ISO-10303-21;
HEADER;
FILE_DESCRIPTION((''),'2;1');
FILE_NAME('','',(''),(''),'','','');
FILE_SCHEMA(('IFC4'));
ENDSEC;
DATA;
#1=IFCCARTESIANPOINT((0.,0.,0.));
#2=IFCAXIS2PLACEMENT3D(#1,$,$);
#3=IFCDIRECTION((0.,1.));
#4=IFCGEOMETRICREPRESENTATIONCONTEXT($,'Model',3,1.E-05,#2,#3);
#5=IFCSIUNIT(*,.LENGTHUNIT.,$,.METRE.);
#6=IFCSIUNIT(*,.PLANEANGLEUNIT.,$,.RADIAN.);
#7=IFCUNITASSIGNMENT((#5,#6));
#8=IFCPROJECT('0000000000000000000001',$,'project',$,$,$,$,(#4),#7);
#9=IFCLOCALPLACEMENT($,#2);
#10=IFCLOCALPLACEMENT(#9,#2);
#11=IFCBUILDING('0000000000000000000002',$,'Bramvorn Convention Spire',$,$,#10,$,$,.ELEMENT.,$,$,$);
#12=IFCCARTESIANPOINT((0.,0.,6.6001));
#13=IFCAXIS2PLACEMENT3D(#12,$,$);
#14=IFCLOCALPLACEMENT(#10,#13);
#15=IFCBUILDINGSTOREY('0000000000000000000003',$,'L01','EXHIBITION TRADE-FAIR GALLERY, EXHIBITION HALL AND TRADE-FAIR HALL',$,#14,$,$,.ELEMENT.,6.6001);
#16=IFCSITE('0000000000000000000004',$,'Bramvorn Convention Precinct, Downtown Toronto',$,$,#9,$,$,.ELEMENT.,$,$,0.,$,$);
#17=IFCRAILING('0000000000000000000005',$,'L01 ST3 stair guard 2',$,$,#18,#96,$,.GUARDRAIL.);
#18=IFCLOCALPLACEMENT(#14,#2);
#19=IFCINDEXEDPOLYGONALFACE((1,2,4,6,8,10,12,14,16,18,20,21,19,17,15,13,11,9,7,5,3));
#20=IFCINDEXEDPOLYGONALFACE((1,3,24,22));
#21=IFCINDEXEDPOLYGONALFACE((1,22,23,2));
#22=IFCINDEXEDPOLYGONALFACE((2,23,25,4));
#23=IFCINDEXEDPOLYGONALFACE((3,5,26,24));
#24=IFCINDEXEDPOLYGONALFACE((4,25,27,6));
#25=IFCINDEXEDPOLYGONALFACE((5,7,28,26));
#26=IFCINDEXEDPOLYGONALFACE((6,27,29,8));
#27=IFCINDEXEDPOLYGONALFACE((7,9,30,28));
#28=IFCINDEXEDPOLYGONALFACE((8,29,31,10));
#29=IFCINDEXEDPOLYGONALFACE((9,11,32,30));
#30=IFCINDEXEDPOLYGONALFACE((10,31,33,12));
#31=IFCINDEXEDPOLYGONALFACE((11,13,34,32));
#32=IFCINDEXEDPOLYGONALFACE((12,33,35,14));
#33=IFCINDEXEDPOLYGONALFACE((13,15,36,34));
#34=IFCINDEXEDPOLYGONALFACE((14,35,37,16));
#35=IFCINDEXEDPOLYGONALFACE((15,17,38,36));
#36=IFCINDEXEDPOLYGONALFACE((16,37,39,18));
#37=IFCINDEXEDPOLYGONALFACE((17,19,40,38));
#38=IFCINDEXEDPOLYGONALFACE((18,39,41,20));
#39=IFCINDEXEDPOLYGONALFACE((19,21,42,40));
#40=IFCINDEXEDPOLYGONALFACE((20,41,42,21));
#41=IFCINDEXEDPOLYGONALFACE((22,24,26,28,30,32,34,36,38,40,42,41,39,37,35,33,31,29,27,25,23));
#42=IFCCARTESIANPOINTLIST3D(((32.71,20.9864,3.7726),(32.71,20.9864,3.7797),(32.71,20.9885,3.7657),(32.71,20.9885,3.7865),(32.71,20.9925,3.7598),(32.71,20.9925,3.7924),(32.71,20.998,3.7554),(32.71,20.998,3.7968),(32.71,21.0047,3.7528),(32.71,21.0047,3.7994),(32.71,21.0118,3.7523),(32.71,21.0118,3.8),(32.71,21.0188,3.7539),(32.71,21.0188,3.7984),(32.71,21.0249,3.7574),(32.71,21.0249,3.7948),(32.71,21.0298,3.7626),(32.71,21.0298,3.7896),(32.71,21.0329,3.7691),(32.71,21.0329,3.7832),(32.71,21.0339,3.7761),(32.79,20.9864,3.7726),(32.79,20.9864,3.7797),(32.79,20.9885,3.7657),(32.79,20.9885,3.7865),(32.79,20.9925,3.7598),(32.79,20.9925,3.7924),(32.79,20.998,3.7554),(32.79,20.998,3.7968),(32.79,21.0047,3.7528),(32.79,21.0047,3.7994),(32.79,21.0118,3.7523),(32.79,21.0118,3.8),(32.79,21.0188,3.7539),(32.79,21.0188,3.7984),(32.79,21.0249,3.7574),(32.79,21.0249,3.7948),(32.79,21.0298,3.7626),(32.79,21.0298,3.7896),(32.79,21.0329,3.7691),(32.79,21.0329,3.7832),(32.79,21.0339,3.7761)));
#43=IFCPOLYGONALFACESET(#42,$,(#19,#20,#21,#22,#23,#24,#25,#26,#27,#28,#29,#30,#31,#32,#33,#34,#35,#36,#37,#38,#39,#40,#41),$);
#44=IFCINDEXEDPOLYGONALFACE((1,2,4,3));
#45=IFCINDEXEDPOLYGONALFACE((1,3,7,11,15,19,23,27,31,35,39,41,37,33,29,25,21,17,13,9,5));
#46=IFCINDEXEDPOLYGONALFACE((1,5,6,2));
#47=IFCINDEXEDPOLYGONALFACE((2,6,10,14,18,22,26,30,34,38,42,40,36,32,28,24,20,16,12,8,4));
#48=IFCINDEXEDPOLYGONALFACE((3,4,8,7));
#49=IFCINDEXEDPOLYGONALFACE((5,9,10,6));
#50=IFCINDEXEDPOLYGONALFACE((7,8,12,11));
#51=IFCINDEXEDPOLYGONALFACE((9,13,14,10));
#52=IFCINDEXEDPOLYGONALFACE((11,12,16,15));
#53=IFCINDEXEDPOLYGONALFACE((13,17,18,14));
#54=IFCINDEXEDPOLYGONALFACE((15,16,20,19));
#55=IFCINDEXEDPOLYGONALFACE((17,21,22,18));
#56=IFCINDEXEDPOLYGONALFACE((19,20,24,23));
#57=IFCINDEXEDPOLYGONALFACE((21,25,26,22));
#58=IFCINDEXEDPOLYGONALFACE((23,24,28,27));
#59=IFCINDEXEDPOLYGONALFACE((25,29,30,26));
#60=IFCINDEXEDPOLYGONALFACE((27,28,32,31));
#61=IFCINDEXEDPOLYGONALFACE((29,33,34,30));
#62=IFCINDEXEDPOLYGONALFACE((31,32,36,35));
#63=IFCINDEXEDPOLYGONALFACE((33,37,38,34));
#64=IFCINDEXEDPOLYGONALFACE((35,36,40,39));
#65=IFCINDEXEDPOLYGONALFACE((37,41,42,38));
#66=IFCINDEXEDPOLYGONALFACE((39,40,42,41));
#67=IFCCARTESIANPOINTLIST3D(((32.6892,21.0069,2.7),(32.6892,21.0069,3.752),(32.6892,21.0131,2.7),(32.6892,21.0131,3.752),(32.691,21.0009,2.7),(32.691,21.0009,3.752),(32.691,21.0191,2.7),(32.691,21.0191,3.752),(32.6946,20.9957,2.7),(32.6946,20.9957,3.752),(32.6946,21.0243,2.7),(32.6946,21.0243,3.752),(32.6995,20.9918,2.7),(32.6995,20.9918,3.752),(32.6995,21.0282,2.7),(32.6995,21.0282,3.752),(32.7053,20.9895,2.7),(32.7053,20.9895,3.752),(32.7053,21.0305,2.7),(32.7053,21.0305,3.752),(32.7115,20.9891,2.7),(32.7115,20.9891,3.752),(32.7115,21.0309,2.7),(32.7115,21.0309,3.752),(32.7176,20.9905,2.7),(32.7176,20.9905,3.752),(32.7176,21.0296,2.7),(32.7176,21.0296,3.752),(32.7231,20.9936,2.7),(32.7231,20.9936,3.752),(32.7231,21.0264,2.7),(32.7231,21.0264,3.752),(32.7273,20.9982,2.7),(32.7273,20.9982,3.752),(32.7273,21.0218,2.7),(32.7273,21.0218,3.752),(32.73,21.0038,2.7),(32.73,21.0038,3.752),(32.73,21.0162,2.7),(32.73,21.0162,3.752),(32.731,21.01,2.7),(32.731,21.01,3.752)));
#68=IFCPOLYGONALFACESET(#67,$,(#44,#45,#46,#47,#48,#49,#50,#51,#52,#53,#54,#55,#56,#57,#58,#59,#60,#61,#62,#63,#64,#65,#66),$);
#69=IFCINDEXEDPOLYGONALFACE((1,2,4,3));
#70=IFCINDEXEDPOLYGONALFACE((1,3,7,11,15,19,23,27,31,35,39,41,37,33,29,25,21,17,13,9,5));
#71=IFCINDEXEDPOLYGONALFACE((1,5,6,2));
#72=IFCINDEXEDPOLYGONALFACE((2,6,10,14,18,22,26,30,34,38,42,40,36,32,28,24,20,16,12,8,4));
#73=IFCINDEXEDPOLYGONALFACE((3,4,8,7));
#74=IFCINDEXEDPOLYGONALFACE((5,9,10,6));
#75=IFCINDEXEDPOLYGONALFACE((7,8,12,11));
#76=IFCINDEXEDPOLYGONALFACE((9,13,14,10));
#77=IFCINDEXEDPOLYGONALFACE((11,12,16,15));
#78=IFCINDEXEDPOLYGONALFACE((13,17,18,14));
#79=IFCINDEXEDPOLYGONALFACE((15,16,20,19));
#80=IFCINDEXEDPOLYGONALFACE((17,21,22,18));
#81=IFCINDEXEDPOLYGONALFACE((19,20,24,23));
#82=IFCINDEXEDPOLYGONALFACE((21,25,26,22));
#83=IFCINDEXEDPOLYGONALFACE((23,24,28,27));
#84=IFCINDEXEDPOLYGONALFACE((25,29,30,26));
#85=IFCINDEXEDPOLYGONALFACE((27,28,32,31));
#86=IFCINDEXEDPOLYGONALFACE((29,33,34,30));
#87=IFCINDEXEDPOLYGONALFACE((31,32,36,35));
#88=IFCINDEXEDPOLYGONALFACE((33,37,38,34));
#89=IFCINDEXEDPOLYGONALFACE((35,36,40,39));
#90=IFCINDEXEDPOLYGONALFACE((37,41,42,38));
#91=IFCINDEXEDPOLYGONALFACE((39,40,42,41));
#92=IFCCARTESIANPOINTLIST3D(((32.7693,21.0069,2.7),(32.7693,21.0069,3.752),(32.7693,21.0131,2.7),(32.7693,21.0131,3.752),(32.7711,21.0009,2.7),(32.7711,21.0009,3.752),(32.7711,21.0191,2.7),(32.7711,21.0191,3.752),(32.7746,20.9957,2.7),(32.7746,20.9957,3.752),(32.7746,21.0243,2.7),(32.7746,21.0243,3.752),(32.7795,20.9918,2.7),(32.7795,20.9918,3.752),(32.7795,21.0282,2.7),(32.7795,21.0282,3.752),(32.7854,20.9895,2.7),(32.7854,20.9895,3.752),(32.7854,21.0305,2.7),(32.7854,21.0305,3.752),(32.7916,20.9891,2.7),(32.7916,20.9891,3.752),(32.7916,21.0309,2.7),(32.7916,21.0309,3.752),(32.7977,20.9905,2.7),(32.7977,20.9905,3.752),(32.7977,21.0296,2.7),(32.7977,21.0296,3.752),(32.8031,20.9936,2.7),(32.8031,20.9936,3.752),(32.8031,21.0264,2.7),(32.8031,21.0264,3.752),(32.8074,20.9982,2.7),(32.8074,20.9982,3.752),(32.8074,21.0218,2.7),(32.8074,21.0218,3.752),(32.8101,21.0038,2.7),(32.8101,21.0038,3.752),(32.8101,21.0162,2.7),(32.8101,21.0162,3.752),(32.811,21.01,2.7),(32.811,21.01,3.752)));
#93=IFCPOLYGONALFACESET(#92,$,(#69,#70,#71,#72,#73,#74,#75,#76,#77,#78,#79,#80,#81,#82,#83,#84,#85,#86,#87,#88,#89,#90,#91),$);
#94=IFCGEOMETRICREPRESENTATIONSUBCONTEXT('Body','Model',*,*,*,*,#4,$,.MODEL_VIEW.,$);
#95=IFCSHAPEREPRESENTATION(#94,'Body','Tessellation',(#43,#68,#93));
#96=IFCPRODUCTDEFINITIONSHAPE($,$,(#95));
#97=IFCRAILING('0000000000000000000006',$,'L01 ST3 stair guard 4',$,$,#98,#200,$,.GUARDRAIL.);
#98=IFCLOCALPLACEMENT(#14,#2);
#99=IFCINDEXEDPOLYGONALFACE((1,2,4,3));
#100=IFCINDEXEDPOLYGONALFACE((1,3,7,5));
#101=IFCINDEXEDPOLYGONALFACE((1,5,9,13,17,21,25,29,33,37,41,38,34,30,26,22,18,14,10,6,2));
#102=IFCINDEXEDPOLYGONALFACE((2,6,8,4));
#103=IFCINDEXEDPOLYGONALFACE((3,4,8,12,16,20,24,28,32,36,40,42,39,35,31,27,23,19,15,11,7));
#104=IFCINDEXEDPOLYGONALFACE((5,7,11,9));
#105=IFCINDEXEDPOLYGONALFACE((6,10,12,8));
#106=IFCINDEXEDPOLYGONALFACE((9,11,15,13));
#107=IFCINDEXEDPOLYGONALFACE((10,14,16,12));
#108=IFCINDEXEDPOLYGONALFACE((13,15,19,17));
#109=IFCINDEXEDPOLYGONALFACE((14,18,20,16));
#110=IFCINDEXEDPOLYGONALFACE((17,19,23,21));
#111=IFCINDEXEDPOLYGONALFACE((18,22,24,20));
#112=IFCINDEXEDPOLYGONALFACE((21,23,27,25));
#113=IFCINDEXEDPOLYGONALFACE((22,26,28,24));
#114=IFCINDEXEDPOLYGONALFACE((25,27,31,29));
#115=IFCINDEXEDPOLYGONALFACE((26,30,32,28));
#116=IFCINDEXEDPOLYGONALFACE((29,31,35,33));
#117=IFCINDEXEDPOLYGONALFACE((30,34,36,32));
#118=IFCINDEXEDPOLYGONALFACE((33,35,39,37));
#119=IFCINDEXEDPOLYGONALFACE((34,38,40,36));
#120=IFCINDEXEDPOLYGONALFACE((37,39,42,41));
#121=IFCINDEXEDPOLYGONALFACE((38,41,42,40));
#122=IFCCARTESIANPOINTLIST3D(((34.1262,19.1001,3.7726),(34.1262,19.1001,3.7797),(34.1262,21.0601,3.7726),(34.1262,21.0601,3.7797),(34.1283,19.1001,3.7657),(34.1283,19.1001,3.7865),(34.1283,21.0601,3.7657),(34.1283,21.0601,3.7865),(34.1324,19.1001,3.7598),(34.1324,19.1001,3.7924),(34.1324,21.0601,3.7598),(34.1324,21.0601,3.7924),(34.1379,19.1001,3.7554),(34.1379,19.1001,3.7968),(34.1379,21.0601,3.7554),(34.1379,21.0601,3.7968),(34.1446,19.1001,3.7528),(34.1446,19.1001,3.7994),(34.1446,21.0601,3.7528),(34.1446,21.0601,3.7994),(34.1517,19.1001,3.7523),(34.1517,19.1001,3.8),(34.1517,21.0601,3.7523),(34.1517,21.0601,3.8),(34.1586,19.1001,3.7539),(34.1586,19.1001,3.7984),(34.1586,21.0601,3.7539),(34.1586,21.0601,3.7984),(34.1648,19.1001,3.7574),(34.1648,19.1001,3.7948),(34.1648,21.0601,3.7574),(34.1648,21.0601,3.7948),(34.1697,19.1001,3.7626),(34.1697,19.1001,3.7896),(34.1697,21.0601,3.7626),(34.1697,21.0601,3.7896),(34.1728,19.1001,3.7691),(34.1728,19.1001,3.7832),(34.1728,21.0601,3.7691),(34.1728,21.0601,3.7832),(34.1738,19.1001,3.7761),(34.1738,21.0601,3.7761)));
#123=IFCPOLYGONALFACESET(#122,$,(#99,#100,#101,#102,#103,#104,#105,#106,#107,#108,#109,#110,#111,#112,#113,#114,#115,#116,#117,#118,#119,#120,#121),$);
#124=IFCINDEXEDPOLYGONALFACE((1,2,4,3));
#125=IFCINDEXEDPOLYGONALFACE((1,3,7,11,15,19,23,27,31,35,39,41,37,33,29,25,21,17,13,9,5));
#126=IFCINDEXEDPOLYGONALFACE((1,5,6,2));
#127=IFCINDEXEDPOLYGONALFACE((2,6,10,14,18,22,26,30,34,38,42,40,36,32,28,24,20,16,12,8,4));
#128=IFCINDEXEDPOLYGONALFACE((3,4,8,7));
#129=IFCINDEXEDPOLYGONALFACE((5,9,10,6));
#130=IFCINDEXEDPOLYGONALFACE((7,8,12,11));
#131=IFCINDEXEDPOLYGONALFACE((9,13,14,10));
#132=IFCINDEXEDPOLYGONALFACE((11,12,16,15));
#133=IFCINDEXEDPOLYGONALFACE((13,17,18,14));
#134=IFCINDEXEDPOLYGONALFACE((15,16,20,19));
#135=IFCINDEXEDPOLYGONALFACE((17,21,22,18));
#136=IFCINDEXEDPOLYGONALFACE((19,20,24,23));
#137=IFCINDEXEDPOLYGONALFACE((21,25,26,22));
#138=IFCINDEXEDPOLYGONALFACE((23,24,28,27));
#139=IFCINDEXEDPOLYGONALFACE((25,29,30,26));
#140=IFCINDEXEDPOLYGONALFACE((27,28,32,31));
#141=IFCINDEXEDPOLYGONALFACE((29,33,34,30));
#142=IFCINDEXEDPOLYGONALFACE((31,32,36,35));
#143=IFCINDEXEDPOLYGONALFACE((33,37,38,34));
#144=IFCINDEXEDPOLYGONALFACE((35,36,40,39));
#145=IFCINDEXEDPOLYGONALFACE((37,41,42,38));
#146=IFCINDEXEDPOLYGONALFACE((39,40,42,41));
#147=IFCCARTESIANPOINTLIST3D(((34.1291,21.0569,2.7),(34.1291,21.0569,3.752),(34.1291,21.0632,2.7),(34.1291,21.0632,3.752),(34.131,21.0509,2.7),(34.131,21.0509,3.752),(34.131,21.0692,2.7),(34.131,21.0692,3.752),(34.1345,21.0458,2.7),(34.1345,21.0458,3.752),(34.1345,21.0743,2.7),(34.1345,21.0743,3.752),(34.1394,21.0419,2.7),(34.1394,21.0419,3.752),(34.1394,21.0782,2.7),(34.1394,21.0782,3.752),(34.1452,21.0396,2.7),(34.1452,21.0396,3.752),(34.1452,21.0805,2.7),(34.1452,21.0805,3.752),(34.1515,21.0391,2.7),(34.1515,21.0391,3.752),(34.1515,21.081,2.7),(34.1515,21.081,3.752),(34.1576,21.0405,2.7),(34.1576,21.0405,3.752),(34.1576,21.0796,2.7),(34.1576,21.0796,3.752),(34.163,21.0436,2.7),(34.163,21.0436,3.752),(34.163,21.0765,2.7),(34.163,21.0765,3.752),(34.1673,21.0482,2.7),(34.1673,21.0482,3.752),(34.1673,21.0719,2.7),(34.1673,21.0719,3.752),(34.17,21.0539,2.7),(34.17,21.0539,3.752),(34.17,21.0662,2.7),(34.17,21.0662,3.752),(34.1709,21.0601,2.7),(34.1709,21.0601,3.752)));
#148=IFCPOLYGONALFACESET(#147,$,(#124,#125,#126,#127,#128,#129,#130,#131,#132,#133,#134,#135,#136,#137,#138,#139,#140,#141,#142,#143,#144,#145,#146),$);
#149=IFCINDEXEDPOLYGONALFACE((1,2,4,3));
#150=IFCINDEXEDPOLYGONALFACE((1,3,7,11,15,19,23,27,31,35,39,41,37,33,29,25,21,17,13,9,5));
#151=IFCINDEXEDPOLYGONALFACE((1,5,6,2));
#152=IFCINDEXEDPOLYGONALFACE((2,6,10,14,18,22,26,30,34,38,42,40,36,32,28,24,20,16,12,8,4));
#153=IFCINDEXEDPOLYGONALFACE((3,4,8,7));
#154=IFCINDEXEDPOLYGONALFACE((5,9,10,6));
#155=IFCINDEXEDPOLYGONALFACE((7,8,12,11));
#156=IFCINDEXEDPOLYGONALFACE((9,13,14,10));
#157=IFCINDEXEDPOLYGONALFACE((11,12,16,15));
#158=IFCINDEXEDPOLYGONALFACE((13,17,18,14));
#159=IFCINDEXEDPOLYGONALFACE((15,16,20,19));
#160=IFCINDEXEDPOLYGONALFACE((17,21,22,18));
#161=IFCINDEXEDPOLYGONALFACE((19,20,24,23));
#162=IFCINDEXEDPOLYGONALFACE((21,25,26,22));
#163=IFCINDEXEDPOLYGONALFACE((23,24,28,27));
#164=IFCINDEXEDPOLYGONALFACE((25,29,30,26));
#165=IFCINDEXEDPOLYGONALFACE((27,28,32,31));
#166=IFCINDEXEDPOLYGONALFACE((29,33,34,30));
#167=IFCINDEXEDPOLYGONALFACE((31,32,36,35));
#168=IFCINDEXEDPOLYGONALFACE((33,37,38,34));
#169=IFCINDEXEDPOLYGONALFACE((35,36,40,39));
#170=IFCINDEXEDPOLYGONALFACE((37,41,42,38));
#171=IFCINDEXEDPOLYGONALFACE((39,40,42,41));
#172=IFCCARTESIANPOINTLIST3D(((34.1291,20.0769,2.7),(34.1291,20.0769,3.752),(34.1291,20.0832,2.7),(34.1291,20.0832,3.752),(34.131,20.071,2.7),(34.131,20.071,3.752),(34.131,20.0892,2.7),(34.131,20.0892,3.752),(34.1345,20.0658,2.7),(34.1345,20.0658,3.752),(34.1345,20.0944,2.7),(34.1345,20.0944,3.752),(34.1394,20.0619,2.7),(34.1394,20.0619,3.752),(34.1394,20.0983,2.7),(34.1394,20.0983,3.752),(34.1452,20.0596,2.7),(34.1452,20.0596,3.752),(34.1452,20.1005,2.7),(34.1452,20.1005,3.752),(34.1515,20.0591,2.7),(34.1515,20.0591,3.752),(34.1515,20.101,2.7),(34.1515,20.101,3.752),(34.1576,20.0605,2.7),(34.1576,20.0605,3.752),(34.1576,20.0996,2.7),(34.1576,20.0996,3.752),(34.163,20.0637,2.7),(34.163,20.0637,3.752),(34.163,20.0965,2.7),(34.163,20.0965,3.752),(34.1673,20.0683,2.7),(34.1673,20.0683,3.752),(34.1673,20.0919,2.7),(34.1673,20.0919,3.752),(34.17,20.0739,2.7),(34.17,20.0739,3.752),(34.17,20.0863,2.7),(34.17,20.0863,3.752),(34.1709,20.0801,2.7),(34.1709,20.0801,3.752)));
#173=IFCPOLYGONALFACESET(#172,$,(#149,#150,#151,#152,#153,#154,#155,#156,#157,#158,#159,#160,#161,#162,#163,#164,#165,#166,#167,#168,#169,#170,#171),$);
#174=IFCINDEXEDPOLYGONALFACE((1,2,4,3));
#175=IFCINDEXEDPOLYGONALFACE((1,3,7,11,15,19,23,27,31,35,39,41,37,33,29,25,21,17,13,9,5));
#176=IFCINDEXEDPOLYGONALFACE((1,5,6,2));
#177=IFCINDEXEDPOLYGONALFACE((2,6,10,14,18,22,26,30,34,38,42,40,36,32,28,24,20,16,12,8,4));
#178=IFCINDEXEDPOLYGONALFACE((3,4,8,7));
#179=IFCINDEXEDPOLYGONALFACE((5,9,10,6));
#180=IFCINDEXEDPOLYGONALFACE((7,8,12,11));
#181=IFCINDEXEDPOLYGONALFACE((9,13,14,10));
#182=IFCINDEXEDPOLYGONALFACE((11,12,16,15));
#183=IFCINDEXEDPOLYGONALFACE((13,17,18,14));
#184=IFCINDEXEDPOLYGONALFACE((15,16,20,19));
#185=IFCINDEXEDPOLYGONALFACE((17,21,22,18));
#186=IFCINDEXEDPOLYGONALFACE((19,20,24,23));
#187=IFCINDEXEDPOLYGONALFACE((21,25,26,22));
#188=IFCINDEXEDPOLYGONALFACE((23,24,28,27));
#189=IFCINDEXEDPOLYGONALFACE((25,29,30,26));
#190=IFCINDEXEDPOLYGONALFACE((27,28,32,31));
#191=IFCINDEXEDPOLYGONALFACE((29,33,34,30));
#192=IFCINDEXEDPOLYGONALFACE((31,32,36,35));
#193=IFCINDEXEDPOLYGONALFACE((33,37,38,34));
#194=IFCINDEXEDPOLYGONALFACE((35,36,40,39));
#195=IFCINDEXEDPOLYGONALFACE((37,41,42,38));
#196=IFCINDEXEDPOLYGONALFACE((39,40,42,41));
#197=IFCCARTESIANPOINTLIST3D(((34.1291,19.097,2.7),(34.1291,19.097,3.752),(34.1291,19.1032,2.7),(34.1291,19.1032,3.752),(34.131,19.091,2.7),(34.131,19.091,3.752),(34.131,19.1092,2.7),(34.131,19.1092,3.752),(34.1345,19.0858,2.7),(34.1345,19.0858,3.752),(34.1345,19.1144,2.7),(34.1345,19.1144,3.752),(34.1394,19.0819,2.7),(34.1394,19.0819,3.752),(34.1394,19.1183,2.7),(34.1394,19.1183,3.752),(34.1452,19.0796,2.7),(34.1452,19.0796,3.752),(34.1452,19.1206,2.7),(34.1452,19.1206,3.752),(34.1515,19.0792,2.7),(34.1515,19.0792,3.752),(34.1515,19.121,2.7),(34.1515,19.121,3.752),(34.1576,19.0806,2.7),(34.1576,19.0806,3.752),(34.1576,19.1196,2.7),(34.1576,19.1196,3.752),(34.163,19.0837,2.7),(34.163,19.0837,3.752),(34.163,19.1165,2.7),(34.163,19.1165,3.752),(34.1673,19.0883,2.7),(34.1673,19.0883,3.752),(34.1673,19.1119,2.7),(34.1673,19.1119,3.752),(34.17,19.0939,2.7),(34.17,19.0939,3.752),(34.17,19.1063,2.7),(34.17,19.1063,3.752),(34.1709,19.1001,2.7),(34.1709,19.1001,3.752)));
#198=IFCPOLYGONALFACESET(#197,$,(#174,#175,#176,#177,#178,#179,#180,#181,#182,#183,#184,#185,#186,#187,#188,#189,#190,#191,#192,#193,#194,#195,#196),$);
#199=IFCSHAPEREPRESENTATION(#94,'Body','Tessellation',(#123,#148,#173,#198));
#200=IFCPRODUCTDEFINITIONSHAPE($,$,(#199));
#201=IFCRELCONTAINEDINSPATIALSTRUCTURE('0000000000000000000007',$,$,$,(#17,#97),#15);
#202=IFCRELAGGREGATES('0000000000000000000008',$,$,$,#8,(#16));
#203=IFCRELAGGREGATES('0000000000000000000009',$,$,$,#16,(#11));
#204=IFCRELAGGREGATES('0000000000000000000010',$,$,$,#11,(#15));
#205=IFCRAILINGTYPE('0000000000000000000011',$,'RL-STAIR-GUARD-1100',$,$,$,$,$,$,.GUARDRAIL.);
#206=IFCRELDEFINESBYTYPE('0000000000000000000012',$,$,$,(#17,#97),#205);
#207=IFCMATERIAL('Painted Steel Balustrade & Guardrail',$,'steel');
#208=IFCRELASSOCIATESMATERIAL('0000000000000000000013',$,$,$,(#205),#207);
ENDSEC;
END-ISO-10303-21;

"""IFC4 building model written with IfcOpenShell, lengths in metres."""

from ifc_helpers import new_model, si_unit, direction, frame, origin, origin_2d, place, context, subcontext, project, spatial, circle, extrude, material, type_object, element, save


model = new_model("IFC4")

# Units and contexts
model_context = context("Model", 3, precision=1e-05, world=origin(), true_north=direction((0.0, 1.0)))
body_context = subcontext(model_context, "Body", "Model", "MODEL_VIEW")
ifc_project = project(units=[si_unit("LENGTHUNIT", "METRE"), si_unit("PLANEANGLEUNIT", "RADIAN")], contexts=[model_context])

# Site, building, storey
site_placement = place(None, origin())
site = spatial("IfcSite", under=ifc_project, at=site_placement, Name="Bramvorn Convention Precinct, Downtown Toronto", CompositionType="ELEMENT", RefElevation=0.0)
building_placement = place(site_placement, origin())
building = spatial("IfcBuilding", under=site, at=building_placement, Name="Bramvorn Convention Spire", CompositionType="ELEMENT")
storey_placement = place(building_placement, frame((0.0, 0.0, 6.6001)))
storey = spatial("IfcBuildingStorey", under=building, at=storey_placement, Name="L01", Description="EXHIBITION TRADE-FAIR GALLERY, EXHIBITION HALL AND TRADE-FAIR HALL", CompositionType="ELEMENT", Elevation=6.6001)

# Railings
ifc_material_1 = material(Name="Painted Steel Balustrade & Guardrail", Category="steel")
railing_type_1 = type_object("IfcRailingType", Name="RL-STAIR-GUARD-1100", PredefinedType="GUARDRAIL", material=ifc_material_1)
railing_1_placement = place(storey_placement, frame((32.71, 21.01, 2.7)))
element("IfcRailing", 1, at=railing_1_placement, inside=storey, type_object=railing_type_1, Name="L01 ST3 stair guard 2", PredefinedType="GUARDRAIL", context=body_context, shape_type="SweptSolid", body=[
    extrude(circle(Radius=0.0239, at=origin_2d()), frame((0.0, 0.0, 1.0762), z_axis=(1.0, 0.0, 0.0), x_axis=(0.0, 1.0, 0.0)), (0.0, 0.0, 1.0), 0.0801),
    extrude(circle(Radius=0.021, at=origin_2d()), origin(), (0.0, 0.0, 1.0), 1.052),
    extrude(circle(Radius=0.021, at=origin_2d()), frame((0.0801, 0.0, 0.0)), (0.0, 0.0, 1.0), 1.052),
])
railing_2_placement = place(storey_placement, frame((34.1499, 21.0601, 2.7)))
element("IfcRailing", 2, at=railing_2_placement, inside=storey, type_object=railing_type_1, Name="L01 ST3 stair guard 4", PredefinedType="GUARDRAIL", context=body_context, shape_type="SweptSolid", body=[
    extrude(circle(Radius=0.0239, at=origin_2d()), frame((0.0, 0.0, 1.0762), z_axis=(0.0, -1.0, 0.0), x_axis=(1.0, 0.0, 0.0)), (0.0, 0.0, 1.0), 1.96),
    extrude(circle(Radius=0.021, at=origin_2d()), origin(), (0.0, 0.0, 1.0), 1.052),
    extrude(circle(Radius=0.021, at=origin_2d()), frame((0.0, -0.98, 0.0)), (0.0, 0.0, 1.0), 1.052),
    extrude(circle(Radius=0.021, at=origin_2d()), frame((0.0, -1.96, 0.0)), (0.0, 0.0, 1.0), 1.052),
])

save(model, "model.ifc")
